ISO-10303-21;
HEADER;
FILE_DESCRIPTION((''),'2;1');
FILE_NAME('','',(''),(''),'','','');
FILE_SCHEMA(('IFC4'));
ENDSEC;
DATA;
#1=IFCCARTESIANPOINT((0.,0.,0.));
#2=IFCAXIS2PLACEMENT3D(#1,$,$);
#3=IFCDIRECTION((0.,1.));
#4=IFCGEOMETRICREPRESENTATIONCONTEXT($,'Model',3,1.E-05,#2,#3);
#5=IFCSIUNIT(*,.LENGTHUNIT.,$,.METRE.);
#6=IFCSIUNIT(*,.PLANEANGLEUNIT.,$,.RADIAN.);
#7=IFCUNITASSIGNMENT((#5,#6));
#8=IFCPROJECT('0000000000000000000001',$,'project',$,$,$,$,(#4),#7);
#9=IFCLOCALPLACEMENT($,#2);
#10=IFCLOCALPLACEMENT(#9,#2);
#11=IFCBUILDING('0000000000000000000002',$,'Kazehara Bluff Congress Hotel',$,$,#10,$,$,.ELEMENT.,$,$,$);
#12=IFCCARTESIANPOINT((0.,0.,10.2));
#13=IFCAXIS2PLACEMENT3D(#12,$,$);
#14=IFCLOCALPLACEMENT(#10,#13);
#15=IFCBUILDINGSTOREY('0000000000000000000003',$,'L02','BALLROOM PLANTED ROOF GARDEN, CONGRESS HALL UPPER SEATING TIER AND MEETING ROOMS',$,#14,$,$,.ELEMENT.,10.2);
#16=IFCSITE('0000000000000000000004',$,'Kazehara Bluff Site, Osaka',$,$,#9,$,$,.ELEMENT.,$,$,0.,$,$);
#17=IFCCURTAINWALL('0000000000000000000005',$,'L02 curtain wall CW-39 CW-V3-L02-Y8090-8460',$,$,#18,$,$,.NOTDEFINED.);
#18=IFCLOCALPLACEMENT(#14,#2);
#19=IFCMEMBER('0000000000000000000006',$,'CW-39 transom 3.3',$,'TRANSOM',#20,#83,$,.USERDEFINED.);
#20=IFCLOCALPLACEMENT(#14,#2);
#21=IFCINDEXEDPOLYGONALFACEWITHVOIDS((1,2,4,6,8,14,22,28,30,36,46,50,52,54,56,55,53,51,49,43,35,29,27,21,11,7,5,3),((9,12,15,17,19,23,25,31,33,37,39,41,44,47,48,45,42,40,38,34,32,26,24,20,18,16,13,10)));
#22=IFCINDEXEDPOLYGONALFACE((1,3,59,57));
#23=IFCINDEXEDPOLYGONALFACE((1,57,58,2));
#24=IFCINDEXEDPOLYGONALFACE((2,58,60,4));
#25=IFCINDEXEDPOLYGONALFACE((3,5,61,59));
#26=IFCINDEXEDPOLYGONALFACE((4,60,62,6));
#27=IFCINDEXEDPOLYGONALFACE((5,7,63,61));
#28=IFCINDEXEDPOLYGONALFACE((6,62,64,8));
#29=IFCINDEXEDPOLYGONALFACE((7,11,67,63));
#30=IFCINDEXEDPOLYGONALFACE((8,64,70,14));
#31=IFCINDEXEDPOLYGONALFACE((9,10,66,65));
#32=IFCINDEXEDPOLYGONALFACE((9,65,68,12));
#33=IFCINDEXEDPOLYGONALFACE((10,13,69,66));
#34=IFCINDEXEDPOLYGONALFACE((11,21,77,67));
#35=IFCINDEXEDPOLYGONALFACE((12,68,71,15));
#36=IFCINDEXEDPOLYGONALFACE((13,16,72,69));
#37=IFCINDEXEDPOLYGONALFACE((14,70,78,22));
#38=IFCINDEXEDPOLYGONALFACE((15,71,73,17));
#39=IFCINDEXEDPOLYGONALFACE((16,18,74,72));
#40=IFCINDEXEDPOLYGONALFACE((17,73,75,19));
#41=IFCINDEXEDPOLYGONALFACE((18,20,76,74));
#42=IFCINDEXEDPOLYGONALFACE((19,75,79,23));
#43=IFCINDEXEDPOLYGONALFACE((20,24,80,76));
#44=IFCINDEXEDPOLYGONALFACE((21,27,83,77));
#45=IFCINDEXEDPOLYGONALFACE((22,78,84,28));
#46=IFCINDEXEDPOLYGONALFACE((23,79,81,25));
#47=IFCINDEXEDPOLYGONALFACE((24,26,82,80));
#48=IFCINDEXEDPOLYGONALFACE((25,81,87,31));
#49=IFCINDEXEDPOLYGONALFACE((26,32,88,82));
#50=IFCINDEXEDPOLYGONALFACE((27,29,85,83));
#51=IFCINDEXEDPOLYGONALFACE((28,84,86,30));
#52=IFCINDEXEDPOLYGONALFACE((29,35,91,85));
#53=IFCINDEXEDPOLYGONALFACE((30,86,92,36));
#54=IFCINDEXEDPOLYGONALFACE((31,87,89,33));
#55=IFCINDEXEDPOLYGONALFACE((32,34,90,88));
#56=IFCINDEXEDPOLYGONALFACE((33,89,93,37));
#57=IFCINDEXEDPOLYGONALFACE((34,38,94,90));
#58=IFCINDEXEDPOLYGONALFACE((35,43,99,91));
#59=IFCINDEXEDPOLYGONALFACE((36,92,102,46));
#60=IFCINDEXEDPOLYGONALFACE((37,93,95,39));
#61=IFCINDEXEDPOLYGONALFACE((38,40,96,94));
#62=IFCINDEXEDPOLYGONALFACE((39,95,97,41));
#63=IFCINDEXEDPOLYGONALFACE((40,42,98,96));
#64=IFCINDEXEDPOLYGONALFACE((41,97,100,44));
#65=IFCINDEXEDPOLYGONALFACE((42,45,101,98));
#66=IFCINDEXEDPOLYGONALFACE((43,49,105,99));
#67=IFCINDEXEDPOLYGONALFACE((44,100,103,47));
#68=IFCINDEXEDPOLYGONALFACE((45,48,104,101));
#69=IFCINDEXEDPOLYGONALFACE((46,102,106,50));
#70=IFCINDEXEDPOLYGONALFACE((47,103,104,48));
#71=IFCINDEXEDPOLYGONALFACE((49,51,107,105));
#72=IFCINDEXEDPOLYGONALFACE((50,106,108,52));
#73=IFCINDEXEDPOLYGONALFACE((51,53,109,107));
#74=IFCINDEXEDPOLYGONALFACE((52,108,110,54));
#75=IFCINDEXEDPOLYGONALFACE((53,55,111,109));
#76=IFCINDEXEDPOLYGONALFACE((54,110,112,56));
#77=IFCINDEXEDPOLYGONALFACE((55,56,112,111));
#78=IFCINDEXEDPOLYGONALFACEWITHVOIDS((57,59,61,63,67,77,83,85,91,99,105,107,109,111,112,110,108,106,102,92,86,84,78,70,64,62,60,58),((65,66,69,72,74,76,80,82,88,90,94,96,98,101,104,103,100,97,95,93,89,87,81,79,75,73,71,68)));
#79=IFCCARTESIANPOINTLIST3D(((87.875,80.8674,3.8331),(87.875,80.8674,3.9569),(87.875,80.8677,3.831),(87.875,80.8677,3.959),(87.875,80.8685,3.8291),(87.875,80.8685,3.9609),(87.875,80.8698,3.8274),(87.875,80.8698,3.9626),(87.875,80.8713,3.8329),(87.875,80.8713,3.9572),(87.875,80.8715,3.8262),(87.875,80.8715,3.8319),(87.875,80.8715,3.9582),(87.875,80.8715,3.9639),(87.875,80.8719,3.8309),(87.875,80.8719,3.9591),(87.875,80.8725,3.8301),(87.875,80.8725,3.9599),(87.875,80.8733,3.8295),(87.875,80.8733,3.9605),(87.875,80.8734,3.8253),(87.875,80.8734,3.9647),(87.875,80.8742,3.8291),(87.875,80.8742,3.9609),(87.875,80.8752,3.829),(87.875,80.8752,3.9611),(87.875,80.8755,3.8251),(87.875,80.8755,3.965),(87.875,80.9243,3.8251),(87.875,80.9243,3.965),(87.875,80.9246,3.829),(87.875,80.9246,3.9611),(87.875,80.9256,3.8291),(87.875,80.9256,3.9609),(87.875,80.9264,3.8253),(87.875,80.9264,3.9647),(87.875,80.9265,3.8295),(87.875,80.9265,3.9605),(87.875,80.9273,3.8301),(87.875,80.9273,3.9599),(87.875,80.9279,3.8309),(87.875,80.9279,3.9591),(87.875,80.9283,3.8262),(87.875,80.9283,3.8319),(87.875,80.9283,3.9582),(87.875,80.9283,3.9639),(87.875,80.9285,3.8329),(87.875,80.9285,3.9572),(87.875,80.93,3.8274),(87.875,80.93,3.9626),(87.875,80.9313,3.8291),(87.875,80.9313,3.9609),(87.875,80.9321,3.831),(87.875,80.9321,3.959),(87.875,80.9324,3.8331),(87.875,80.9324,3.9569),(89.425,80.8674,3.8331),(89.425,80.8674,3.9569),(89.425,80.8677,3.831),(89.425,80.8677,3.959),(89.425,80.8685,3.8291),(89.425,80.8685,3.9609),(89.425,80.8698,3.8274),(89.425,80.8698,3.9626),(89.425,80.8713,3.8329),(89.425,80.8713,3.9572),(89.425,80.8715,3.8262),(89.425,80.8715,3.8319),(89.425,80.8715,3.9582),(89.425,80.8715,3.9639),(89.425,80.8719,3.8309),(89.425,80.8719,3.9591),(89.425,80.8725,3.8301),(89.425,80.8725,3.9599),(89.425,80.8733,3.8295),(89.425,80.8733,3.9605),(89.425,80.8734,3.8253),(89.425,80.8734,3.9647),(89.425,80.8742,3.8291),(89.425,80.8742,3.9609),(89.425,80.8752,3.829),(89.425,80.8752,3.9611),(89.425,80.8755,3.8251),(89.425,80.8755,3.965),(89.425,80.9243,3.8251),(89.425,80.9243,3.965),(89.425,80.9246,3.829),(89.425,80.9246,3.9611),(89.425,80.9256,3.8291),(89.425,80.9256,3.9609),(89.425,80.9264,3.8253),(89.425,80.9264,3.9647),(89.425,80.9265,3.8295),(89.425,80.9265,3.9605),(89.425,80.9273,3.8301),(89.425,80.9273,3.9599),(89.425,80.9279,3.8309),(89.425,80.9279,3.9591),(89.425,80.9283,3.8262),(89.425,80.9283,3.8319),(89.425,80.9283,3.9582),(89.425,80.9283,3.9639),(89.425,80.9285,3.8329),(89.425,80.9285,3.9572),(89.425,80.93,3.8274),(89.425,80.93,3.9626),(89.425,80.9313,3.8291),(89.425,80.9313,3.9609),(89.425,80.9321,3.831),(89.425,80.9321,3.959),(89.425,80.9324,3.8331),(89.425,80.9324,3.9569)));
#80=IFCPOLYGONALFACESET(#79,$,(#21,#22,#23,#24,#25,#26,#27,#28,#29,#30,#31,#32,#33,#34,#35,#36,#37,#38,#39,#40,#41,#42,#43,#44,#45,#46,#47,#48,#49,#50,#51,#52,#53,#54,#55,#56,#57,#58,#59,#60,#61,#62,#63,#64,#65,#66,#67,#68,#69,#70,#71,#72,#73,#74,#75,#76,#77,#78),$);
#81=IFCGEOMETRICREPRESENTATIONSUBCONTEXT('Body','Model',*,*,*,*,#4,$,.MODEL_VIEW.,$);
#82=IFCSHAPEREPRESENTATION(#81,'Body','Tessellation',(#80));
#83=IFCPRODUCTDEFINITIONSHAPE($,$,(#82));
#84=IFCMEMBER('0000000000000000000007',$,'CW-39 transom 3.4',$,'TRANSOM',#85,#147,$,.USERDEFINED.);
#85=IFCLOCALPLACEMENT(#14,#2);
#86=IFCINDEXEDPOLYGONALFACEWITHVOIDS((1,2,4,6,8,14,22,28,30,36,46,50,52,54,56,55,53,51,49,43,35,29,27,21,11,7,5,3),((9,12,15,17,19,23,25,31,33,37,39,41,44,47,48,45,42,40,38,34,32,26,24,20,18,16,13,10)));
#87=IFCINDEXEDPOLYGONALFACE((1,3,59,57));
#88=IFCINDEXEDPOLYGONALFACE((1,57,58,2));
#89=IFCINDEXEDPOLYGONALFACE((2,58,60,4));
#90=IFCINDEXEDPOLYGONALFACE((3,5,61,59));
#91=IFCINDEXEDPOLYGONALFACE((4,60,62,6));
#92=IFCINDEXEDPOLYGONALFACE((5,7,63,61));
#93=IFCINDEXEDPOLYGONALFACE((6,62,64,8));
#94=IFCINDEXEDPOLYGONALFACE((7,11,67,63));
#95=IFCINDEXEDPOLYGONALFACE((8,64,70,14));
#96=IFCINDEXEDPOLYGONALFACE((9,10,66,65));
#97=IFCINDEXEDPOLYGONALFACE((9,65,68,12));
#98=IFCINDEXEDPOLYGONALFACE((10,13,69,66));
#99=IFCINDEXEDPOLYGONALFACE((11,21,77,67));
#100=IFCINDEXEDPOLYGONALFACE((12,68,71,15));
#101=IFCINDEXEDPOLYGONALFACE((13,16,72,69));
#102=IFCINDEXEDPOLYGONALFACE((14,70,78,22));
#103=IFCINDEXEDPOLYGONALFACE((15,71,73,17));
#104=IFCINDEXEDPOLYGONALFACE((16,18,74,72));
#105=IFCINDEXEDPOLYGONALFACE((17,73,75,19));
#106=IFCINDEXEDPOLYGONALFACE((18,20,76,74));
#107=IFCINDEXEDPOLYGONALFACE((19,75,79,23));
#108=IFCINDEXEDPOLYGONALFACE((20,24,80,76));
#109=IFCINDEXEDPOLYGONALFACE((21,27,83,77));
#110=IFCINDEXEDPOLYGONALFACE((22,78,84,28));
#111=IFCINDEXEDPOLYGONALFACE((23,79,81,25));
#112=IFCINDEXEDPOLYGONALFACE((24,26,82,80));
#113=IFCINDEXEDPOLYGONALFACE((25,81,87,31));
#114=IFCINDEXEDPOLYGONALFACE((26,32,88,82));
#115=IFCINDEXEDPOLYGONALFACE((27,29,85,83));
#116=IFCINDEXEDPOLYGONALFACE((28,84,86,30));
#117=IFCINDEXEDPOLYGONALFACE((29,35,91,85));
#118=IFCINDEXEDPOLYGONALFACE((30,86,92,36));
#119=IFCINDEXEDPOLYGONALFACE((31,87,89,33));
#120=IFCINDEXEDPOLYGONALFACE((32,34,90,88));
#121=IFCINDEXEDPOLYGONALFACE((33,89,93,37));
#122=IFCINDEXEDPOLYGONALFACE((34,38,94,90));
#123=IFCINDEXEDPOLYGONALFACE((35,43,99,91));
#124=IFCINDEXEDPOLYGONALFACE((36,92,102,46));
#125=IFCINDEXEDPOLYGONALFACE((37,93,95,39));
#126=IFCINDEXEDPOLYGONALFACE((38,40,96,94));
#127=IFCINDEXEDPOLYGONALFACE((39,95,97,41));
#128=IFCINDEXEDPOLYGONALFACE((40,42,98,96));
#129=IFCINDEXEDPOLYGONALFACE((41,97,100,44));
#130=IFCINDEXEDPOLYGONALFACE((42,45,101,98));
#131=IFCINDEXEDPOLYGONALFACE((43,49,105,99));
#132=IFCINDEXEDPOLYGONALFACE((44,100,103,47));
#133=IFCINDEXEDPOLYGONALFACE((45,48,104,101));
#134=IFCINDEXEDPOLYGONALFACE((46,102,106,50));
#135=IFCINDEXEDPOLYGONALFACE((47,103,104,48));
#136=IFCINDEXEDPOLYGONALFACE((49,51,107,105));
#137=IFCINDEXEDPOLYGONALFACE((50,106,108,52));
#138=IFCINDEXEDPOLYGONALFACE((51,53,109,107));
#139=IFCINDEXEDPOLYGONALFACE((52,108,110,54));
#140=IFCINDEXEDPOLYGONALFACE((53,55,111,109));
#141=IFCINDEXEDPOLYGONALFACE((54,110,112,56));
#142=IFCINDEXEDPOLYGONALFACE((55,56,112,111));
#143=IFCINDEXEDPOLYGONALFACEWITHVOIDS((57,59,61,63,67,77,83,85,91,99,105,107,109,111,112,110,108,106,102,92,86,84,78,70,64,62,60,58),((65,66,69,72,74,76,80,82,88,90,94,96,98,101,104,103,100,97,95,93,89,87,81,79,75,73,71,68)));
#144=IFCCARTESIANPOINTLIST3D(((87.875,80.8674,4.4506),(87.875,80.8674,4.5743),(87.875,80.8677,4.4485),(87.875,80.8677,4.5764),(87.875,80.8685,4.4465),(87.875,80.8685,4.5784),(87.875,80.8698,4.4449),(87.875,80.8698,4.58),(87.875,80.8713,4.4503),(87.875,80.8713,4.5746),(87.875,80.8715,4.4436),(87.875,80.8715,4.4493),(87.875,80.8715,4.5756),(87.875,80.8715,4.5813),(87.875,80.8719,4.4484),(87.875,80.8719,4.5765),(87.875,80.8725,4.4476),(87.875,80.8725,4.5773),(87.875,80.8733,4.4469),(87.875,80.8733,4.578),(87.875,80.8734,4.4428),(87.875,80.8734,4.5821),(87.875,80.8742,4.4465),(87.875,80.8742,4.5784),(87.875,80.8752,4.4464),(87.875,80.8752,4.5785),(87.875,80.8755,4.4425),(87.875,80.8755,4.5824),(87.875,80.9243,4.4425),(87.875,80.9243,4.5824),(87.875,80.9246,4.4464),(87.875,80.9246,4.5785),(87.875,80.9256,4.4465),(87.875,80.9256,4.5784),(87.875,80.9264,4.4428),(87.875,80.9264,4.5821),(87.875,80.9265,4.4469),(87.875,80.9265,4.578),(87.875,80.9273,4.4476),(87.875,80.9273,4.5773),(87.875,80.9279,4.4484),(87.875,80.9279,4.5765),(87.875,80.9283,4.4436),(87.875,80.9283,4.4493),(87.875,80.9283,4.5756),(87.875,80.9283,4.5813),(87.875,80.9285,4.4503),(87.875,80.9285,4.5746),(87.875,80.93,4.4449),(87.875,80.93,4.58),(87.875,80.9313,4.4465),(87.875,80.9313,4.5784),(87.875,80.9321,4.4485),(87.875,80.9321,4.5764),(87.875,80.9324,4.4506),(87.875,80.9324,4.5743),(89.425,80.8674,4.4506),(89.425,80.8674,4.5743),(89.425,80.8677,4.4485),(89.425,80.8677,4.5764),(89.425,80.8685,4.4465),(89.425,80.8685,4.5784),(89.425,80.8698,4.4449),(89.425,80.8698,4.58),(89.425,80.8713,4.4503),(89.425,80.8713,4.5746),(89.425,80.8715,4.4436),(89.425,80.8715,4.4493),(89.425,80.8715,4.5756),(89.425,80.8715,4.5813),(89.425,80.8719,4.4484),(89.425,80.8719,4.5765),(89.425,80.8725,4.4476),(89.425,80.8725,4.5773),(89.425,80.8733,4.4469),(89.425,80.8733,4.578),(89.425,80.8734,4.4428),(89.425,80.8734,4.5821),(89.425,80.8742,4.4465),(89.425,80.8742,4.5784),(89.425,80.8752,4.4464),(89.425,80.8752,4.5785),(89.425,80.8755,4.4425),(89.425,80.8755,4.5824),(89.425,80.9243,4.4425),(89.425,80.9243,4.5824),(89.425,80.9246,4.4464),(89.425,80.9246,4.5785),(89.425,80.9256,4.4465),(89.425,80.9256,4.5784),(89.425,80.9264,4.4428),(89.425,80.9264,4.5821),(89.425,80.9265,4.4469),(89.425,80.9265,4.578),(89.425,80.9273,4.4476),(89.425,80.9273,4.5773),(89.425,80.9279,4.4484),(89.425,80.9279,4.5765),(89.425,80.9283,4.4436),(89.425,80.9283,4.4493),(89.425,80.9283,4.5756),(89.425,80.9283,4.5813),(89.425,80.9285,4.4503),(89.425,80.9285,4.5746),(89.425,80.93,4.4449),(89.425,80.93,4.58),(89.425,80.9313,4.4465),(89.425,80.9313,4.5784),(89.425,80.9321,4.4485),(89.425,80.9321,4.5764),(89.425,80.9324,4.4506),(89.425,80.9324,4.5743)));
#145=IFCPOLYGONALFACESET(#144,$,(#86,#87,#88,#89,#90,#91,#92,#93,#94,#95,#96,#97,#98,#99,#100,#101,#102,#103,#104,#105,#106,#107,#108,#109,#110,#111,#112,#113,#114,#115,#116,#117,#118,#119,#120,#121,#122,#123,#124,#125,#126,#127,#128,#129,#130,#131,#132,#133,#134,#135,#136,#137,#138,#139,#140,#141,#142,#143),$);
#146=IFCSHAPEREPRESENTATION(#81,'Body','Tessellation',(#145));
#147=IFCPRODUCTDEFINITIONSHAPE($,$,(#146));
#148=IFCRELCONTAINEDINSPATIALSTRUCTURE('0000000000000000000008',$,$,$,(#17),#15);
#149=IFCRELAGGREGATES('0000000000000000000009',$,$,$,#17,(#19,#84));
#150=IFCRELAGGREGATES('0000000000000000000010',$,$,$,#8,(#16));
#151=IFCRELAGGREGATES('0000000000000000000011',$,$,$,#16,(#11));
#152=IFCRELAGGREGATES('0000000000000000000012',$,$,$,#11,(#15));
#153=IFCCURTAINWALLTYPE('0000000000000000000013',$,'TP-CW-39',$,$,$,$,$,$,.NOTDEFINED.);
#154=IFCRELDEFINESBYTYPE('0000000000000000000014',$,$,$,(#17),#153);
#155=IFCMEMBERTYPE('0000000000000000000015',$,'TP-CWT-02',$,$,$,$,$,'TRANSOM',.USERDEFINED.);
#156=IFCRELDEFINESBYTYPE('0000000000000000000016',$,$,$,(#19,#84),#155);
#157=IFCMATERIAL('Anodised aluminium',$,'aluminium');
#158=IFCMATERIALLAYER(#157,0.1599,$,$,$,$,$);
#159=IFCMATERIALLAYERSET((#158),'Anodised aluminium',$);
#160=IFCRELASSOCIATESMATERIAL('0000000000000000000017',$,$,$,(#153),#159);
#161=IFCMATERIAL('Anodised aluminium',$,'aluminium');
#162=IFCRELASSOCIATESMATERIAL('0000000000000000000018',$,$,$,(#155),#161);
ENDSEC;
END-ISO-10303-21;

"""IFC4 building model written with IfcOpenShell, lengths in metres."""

from ifc_helpers import new_model, si_unit, direction, frame, origin, origin_2d, place, context, subcontext, project, spatial, hollow_rectangle, extrude, material, layer, layer_set, material_profile, profile_set, type_object, element, aggregate, save


model = new_model("IFC4")

# Units and contexts
model_context = context("Model", 3, precision=1e-05, world=origin(), true_north=direction((0.0, 1.0)))
body_context = subcontext(model_context, "Body", "Model", "MODEL_VIEW")
ifc_project = project(units=[si_unit("LENGTHUNIT", "METRE"), si_unit("PLANEANGLEUNIT", "RADIAN")], contexts=[model_context])

# Site, building, storey
site_placement = place(None, origin())
site = spatial("IfcSite", under=ifc_project, at=site_placement, Name="Kazehara Bluff Site, Osaka", CompositionType="ELEMENT", RefElevation=0.0)
building_placement = place(site_placement, origin())
building = spatial("IfcBuilding", under=site, at=building_placement, Name="Kazehara Bluff Congress Hotel", CompositionType="ELEMENT")
storey_placement = place(building_placement, frame((0.0, 0.0, 10.2)))
storey = spatial("IfcBuildingStorey", under=building, at=storey_placement, Name="L02", Description="BALLROOM PLANTED ROOF GARDEN, CONGRESS HALL UPPER SEATING TIER AND MEETING ROOMS", CompositionType="ELEMENT", Elevation=10.2)

# Curtain wall, members
ifc_material_1 = material(Name="Anodised aluminium", Category="aluminium")
ifc_layer_1 = layer(ifc_material_1, 0.1599)
ifc_layer_set_1 = layer_set([ifc_layer_1], Name="Anodised aluminium")
curtain_wall_type = type_object("IfcCurtainWallType", Name="TP-CW-39", PredefinedType="NOTDEFINED", material=ifc_layer_set_1)
curtain_wall_placement = place(storey_placement, origin())
curtain_wall = element("IfcCurtainWall", 1, at=curtain_wall_placement, inside=storey, type_object=curtain_wall_type, Name="L02 curtain wall CW-39 CW-V3-L02-Y8090-8460", PredefinedType="NOTDEFINED")
ifc_material_2 = material(Name="Anodised aluminium", Category="aluminium")
ifc_material_profile_1 = material_profile(ifc_material_2, hollow_rectangle(XDim=0.0649, YDim=0.1399, WallThickness=0.0039, InnerFilletRadius=0.0039, OuterFilletRadius=0.0081, at=origin_2d()))
ifc_profile_set_1 = profile_set([ifc_material_profile_1], Name="Anodised aluminium")
member_type_1 = type_object("IfcMemberType", Name="TP-CWT-02", ElementType="TRANSOM", PredefinedType="USERDEFINED", material=ifc_profile_set_1)
member_1_placement = place(storey_placement, frame((87.875, 80.8999, 3.895), z_axis=(1.0, 0.0, 0.0), x_axis=(0.0, 1.0, 0.0)))
member_1 = element("IfcMember", 2, at=member_1_placement, type_object=member_type_1, Name="CW-39 transom 3.3", ObjectType="TRANSOM", PredefinedType="USERDEFINED", context=body_context, shape_type="SweptSolid", body=[
    extrude(hollow_rectangle(XDim=0.0649, YDim=0.1399, WallThickness=0.0039, InnerFilletRadius=0.0039, OuterFilletRadius=0.0081, at=origin_2d()), origin(), (0.0, 0.0, 1.0), 1.55),
])
member_2_placement = place(storey_placement, frame((87.875, 80.8999, 4.5125), z_axis=(1.0, 0.0, 0.0), x_axis=(0.0, 1.0, 0.0)))
member_2 = element("IfcMember", 3, at=member_2_placement, type_object=member_type_1, Name="CW-39 transom 3.4", ObjectType="TRANSOM", PredefinedType="USERDEFINED", context=body_context, shape_type="SweptSolid", body=[
    extrude(hollow_rectangle(XDim=0.0649, YDim=0.1399, WallThickness=0.0039, InnerFilletRadius=0.0039, OuterFilletRadius=0.0081, at=origin_2d()), origin(), (0.0, 0.0, 1.0), 1.55),
])
aggregate(curtain_wall, [member_1, member_2])

save(model, "model.ifc")
